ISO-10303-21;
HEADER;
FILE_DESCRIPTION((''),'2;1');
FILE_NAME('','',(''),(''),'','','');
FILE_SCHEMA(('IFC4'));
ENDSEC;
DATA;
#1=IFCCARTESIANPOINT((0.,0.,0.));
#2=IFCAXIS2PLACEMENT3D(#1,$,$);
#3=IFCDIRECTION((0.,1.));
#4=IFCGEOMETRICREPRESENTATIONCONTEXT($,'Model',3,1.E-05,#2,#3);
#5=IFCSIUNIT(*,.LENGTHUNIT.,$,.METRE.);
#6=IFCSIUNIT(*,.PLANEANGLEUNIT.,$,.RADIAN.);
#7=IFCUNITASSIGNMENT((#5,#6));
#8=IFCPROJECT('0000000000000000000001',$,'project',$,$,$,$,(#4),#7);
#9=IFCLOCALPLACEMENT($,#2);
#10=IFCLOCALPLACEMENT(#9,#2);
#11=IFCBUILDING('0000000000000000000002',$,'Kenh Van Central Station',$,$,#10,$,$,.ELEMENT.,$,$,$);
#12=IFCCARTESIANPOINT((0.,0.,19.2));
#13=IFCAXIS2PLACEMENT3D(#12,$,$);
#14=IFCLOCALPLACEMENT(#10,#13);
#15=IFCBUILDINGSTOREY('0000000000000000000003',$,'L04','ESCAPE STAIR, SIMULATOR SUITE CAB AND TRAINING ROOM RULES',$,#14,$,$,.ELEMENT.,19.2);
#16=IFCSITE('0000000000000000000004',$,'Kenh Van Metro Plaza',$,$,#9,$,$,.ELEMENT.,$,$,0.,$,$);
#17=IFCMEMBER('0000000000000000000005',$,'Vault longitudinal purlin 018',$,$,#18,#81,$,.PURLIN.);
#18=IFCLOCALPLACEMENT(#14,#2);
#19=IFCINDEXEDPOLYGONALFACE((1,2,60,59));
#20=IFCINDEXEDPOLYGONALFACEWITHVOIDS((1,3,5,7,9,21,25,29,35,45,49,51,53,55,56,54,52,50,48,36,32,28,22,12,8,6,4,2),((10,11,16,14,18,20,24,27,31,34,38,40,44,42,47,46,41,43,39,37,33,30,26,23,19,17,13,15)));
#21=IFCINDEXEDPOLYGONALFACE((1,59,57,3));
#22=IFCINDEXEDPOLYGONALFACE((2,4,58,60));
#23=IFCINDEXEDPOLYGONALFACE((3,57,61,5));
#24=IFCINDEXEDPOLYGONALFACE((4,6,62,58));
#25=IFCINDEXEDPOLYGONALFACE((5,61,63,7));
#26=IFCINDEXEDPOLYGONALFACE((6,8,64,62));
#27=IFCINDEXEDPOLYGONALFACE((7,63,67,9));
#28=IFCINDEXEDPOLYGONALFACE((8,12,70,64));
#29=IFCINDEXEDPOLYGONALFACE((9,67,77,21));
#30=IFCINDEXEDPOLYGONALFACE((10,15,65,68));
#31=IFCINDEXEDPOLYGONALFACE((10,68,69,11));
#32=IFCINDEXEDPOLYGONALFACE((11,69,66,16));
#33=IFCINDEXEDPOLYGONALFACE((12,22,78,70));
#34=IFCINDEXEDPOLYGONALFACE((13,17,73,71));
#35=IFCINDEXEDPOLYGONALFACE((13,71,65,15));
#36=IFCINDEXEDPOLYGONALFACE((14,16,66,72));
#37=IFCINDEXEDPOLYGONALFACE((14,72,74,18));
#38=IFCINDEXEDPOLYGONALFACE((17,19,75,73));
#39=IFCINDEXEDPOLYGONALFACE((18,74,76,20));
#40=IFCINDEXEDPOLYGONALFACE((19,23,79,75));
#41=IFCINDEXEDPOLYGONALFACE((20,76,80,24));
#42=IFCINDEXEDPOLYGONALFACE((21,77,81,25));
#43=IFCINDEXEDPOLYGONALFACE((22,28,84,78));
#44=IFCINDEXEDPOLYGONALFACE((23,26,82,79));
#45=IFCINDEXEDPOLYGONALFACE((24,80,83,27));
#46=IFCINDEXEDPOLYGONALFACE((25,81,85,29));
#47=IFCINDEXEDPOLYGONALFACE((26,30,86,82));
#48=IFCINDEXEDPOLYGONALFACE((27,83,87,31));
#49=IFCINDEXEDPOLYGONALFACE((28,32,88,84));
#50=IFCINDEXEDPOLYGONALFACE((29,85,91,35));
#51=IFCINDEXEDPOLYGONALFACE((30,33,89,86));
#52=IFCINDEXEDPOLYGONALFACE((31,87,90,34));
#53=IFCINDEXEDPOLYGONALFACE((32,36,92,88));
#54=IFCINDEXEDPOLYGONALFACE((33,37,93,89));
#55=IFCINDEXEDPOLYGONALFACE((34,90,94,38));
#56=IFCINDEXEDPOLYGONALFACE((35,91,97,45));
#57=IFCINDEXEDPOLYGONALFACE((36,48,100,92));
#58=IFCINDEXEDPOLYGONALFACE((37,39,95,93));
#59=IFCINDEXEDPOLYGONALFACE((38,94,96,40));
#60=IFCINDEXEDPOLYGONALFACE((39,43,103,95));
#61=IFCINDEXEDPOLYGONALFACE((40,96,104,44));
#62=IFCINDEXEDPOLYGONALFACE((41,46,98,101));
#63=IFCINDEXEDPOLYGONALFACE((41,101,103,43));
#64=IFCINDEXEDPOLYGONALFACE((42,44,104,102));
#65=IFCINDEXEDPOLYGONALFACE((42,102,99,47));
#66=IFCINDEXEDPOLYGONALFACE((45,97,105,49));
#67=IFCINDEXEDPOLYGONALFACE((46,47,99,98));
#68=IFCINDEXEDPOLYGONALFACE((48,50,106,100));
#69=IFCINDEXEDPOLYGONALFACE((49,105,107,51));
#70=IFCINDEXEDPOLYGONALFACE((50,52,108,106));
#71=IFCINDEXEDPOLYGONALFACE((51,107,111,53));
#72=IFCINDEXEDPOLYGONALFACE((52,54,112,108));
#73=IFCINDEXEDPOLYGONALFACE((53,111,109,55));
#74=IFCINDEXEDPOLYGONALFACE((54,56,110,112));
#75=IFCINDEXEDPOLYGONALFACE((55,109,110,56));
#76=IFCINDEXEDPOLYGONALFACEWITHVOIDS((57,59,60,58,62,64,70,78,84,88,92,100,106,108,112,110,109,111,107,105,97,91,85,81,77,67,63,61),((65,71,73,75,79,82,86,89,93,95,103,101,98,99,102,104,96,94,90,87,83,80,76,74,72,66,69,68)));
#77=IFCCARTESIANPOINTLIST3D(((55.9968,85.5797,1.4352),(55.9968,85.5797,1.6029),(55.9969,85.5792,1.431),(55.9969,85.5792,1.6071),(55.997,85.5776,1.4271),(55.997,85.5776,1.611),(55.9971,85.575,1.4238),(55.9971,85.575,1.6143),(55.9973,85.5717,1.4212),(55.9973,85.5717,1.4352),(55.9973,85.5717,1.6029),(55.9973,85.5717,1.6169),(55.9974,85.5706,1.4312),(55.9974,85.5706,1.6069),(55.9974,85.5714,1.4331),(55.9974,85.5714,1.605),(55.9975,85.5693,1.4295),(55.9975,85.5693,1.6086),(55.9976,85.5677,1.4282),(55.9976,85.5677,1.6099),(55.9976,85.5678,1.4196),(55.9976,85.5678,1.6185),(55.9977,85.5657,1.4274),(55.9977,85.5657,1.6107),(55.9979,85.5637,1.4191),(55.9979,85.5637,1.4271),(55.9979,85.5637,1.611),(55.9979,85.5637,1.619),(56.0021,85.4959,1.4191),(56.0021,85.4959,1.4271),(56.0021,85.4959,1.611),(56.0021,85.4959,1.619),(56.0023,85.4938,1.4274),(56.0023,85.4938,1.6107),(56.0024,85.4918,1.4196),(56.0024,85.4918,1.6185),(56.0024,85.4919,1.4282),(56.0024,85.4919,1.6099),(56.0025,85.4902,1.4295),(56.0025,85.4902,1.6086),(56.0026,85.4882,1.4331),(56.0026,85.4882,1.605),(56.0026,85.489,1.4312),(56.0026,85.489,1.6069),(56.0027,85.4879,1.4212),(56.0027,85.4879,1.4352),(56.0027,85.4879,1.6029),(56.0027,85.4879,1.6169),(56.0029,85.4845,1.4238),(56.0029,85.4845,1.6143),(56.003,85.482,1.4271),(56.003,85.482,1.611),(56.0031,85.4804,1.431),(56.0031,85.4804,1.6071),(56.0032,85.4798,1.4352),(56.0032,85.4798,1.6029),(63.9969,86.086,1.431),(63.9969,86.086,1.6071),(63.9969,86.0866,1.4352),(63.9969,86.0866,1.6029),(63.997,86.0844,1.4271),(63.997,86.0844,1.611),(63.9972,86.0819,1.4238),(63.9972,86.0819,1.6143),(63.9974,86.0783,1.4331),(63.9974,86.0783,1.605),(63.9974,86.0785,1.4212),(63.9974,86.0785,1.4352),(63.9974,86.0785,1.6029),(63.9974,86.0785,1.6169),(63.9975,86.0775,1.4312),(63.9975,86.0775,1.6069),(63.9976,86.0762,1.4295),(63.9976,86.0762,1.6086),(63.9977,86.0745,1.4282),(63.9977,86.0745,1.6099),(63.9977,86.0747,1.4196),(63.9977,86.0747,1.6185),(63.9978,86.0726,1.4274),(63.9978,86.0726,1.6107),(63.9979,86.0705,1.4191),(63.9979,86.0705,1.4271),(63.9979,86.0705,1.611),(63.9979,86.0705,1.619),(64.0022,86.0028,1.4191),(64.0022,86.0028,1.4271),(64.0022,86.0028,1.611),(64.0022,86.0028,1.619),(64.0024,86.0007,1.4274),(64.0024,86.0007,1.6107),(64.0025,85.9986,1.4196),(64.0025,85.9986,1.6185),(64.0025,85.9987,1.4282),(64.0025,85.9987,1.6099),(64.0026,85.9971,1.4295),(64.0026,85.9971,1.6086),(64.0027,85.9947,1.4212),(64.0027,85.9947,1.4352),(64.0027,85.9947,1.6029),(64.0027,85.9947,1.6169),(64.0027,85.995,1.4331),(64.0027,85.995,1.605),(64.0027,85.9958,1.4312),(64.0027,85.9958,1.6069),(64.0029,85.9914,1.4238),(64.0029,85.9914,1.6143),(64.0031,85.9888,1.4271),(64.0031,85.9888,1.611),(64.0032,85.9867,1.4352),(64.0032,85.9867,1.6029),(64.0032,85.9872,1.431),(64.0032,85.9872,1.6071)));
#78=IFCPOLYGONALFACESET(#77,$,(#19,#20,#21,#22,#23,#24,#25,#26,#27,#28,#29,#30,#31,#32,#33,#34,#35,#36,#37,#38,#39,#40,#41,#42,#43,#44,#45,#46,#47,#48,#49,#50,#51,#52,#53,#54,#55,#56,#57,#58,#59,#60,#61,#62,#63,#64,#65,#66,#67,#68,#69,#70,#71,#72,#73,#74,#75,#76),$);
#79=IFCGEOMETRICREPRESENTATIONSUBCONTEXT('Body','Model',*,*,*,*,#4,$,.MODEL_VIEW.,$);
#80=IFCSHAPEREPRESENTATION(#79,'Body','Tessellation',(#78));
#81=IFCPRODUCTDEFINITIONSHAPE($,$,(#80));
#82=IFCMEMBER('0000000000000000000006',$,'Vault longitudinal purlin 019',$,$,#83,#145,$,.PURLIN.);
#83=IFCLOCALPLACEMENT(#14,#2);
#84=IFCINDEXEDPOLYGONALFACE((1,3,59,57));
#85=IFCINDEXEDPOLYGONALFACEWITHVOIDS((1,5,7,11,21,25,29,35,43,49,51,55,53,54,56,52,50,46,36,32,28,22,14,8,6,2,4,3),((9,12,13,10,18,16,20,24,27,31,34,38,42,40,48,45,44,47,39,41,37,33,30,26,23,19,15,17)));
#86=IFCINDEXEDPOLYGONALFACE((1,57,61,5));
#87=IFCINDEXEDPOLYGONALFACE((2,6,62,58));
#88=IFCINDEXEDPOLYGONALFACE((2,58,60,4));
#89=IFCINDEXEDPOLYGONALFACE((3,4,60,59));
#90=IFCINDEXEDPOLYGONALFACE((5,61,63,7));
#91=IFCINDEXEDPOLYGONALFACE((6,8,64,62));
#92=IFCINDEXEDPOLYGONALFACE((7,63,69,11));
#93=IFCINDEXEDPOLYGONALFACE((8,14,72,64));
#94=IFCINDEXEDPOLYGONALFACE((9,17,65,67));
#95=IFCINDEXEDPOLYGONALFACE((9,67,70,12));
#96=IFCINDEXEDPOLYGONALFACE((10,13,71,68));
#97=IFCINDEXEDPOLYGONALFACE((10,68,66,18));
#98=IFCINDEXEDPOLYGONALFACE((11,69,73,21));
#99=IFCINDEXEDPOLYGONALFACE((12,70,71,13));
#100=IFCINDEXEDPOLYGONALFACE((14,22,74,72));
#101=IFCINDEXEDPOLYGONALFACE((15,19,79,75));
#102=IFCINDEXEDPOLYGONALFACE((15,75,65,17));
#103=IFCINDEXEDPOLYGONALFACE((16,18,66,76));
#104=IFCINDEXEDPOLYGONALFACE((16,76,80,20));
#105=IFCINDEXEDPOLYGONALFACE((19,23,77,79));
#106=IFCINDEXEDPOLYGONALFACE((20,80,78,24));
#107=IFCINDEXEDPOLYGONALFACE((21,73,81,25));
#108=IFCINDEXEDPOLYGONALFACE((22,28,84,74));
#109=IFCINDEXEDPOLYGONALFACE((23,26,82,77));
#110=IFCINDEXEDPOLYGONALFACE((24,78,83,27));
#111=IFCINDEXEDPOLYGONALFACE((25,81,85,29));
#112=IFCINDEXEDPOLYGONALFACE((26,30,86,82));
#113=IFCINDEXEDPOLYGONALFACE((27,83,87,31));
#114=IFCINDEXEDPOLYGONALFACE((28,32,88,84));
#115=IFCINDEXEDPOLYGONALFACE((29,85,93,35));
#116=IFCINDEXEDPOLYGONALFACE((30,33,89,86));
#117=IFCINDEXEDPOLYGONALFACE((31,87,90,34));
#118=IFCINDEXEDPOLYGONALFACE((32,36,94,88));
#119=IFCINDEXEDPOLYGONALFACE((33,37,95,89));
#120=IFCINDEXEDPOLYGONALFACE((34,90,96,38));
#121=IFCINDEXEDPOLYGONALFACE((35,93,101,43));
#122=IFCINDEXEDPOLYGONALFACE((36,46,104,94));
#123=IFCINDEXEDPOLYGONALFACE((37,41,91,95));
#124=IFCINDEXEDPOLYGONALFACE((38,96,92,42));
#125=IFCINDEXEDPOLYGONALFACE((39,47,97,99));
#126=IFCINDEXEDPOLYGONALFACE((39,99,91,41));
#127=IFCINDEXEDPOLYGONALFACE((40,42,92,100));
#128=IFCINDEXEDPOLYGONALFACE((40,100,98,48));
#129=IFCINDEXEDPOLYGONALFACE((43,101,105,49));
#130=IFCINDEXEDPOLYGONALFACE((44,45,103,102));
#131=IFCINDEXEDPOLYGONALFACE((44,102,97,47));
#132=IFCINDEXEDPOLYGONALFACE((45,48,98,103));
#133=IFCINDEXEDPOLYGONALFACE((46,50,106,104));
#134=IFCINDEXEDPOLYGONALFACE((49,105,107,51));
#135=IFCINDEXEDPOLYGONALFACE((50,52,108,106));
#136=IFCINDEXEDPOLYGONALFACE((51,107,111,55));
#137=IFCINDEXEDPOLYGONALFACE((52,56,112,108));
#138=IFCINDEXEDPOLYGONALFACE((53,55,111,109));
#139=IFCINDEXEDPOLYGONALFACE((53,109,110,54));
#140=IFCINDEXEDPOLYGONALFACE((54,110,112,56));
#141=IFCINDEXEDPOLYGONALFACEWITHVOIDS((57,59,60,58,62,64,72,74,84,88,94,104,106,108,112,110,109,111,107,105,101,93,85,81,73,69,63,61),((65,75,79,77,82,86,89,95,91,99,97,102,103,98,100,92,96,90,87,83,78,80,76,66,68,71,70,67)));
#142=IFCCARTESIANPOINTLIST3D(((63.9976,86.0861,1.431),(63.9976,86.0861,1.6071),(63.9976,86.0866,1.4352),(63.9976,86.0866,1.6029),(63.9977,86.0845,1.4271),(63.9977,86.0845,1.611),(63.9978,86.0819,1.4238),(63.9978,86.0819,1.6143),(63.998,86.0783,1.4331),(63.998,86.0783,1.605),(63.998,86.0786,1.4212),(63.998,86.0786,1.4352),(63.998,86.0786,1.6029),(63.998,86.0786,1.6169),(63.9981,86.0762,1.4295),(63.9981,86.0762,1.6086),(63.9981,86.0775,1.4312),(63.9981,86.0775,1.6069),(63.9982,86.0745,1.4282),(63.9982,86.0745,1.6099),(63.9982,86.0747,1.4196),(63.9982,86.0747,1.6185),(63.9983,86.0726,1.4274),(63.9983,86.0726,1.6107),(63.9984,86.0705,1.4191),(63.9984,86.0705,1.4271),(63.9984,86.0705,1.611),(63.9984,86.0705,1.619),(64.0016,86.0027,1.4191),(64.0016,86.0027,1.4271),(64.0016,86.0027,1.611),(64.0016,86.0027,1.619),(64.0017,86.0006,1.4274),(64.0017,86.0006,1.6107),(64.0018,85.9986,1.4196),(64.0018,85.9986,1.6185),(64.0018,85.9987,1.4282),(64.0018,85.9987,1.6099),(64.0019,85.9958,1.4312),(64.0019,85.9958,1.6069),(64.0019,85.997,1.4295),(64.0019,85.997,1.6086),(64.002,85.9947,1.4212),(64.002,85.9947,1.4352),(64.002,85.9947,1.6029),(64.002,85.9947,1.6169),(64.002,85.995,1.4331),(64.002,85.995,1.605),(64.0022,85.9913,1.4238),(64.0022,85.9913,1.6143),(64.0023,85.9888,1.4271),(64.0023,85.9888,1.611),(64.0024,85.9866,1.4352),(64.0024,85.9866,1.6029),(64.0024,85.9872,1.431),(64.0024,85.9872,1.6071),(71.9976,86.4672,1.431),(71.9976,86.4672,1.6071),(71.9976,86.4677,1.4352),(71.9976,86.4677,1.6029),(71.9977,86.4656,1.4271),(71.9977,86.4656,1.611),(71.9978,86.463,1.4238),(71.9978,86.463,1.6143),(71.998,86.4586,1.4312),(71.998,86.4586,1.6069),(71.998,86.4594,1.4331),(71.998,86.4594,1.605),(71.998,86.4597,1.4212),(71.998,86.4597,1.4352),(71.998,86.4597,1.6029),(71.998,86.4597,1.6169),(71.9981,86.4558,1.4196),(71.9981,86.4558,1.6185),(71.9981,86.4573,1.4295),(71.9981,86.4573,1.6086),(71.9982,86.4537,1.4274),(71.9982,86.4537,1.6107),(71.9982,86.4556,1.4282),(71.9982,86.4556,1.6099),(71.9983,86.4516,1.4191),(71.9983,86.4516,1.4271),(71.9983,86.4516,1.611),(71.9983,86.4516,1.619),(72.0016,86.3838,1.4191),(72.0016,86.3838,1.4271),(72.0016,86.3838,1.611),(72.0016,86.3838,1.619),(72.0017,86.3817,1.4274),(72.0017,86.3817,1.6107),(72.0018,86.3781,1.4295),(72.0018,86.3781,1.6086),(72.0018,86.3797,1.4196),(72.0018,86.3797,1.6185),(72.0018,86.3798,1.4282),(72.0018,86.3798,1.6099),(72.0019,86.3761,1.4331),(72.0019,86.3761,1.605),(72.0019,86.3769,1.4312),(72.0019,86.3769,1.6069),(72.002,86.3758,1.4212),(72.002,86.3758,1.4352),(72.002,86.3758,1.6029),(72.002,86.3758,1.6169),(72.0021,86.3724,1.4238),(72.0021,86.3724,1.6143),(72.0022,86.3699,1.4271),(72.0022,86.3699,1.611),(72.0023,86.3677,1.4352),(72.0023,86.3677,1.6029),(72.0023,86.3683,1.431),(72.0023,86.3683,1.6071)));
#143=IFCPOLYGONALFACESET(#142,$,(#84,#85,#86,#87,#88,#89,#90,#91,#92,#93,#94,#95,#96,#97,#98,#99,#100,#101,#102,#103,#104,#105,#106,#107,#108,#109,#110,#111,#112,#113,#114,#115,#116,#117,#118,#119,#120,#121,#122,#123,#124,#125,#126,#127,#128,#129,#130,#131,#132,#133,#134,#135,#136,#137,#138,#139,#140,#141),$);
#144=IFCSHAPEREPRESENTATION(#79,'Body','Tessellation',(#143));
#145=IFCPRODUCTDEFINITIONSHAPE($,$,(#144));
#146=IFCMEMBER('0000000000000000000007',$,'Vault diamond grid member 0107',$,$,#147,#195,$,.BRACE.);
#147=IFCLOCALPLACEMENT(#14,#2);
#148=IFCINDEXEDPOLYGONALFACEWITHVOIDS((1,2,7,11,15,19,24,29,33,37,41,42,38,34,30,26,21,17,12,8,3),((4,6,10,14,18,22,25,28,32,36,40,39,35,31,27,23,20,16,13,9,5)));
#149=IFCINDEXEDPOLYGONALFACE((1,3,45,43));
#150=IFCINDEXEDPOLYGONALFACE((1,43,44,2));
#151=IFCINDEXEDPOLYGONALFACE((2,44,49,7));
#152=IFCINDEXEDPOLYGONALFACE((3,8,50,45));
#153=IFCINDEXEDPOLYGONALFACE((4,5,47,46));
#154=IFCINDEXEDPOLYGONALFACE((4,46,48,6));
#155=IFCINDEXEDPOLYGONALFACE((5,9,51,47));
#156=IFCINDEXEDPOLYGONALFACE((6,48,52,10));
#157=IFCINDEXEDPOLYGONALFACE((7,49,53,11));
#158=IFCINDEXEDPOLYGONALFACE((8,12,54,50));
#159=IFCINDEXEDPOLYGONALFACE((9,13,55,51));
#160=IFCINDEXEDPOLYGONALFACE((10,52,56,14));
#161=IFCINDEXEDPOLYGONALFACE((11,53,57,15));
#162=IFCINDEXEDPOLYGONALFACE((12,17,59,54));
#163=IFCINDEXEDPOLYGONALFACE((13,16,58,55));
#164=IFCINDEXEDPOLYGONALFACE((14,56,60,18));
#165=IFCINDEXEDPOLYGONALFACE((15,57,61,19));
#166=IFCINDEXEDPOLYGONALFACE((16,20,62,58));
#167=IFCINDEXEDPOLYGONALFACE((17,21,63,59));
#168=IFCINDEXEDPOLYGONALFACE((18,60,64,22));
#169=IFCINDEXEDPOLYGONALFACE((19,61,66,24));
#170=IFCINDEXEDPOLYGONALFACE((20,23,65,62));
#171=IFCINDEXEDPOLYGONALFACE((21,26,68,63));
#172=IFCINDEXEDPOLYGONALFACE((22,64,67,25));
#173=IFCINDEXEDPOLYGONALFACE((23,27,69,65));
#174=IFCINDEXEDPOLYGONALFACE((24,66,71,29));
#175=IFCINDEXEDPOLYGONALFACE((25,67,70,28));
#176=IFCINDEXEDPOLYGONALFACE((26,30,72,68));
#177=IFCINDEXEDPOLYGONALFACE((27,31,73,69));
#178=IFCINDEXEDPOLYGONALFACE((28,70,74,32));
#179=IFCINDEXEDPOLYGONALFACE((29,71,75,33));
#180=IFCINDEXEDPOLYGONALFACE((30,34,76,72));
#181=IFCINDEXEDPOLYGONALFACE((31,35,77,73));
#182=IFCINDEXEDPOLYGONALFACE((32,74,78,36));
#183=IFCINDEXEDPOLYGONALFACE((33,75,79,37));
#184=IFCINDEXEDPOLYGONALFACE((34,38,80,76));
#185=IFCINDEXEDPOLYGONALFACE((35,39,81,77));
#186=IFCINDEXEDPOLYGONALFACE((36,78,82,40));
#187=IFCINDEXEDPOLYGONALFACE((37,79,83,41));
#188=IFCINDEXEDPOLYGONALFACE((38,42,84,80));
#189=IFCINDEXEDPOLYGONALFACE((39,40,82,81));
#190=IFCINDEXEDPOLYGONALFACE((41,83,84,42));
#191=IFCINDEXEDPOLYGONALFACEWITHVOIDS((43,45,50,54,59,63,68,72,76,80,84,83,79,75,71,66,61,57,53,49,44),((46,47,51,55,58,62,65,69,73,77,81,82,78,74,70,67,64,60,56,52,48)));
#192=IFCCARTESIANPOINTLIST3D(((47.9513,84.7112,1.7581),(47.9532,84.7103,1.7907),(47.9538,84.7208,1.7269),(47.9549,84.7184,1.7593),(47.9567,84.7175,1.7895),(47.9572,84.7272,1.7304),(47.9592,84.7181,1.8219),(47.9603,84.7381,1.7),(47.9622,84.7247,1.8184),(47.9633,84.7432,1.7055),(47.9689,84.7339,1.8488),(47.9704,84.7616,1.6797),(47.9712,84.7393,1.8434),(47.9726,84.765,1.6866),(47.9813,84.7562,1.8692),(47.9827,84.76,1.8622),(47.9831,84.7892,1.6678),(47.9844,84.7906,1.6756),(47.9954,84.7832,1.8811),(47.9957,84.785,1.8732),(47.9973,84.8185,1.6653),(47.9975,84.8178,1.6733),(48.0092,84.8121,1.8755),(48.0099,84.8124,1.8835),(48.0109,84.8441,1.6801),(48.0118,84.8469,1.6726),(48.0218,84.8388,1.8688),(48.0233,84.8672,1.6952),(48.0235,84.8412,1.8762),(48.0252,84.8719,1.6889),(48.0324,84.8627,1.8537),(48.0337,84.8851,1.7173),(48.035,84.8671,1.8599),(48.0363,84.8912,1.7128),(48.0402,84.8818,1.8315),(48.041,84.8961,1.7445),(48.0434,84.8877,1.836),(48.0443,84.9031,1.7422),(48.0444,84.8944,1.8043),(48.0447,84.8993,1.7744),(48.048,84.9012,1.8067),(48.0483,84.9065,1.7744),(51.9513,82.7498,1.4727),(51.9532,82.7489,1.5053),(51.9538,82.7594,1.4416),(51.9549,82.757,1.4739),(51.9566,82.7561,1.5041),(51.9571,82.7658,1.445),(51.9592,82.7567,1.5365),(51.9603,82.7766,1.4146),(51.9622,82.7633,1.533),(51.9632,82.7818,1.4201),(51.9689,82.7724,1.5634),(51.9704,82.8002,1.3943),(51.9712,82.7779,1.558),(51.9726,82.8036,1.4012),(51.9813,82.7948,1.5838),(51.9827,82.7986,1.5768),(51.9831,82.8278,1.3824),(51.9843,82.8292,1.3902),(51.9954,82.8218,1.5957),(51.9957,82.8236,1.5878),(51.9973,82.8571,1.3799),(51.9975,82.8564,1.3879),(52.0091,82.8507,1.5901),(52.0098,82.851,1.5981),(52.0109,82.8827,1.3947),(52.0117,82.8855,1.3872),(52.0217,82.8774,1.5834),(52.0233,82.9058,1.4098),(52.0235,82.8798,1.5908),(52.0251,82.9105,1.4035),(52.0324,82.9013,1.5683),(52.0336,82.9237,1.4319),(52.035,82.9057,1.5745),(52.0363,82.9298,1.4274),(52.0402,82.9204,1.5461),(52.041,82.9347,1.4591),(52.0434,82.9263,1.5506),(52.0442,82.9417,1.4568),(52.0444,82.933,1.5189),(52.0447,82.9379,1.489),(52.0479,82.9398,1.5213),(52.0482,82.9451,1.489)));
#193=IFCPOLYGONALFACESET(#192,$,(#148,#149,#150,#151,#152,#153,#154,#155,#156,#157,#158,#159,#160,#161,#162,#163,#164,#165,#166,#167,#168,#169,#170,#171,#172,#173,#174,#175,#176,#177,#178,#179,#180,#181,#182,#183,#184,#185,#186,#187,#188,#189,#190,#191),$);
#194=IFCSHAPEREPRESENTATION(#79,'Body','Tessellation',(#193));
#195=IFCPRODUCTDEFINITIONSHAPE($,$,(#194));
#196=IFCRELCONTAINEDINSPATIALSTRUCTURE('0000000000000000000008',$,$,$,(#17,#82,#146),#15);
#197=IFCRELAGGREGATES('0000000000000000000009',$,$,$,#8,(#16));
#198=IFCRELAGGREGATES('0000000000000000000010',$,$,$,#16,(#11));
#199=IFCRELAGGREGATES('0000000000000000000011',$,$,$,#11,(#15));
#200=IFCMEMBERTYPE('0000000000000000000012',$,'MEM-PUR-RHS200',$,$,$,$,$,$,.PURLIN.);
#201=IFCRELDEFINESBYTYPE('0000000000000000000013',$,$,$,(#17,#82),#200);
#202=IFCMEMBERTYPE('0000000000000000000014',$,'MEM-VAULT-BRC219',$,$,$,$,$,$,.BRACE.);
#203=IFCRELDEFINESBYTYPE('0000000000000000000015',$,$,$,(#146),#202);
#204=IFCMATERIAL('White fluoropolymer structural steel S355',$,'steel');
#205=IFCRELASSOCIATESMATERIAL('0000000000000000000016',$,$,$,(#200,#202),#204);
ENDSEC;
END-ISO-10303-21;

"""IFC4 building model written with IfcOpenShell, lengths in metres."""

from ifc_helpers import new_model, si_unit, direction, frame, origin, origin_2d, place, context, subcontext, project, spatial, hollow_rectangle, hollow_circle, extrude, material, material_profile, profile_set, type_object, element, save


model = new_model("IFC4")

# Units and contexts
model_context = context("Model", 3, precision=1e-05, world=origin(), true_north=direction((0.0, 1.0)))
body_context = subcontext(model_context, "Body", "Model", "MODEL_VIEW")
ifc_project = project(units=[si_unit("LENGTHUNIT", "METRE"), si_unit("PLANEANGLEUNIT", "RADIAN")], contexts=[model_context])

# Site, building, storey
site_placement = place(None, origin())
site = spatial("IfcSite", under=ifc_project, at=site_placement, Name="Kenh Van Metro Plaza", CompositionType="ELEMENT", RefElevation=0.0)
building_placement = place(site_placement, origin())
building = spatial("IfcBuilding", under=site, at=building_placement, Name="Kenh Van Central Station", CompositionType="ELEMENT")
storey_placement = place(building_placement, frame((0.0, 0.0, 19.2)))
storey = spatial("IfcBuildingStorey", under=building, at=storey_placement, Name="L04", Description="ESCAPE STAIR, SIMULATOR SUITE CAB AND TRAINING ROOM RULES", CompositionType="ELEMENT", Elevation=19.2)

# Shared definitions
ifc_material_1 = material(Name="White fluoropolymer structural steel S355", Category="steel")

# Members
ifc_material_profile_1 = material_profile(ifc_material_1, hollow_rectangle(XDim=0.1001, YDim=0.2, WallThickness=0.0081, InnerFilletRadius=0.0081, OuterFilletRadius=0.0161, at=origin_2d()), Name="RHS 200x100x8")
ifc_profile_set_1 = profile_set([ifc_material_profile_1], Name="White fluoropolymer structural steel S355")
member_type_1 = type_object("IfcMemberType", Name="MEM-PUR-RHS200", PredefinedType="PURLIN", material=ifc_profile_set_1)
member_1_placement = place(storey_placement, frame((56.0, 85.5298, 1.519), z_axis=(0.997999, 0.063228, 0.0), x_axis=(-0.063228, 0.997999, 0.0)))
element("IfcMember", 1, at=member_1_placement, inside=storey, type_object=member_type_1, Name="Vault longitudinal purlin 018", PredefinedType="PURLIN", context=body_context, shape_type="SweptSolid", body=[
    extrude(hollow_rectangle(XDim=0.1001, YDim=0.2, WallThickness=0.0081, InnerFilletRadius=0.0081, OuterFilletRadius=0.0161, at=origin_2d()), origin(), (0.0, 0.0, 1.0), 8.0161),
])
member_2_placement = place(storey_placement, frame((64.0, 86.0366, 1.519), z_axis=(0.998867, 0.047584, 0.0), x_axis=(-0.047584, 0.998867, 0.0)))
element("IfcMember", 2, at=member_2_placement, inside=storey, type_object=member_type_1, Name="Vault longitudinal purlin 019", PredefinedType="PURLIN", context=body_context, shape_type="SweptSolid", body=[
    extrude(hollow_rectangle(XDim=0.1001, YDim=0.2, WallThickness=0.0081, InnerFilletRadius=0.0081, OuterFilletRadius=0.0161, at=origin_2d()), origin(), (0.0, 0.0, 1.0), 8.009),
])
ifc_material_profile_2 = material_profile(ifc_material_1, hollow_circle(Radius=0.1096, WallThickness=0.0081, at=origin_2d()), Name="CHS 219.1x8")
ifc_profile_set_2 = profile_set([ifc_material_profile_2], Name="White fluoropolymer structural steel S355")
member_type_2 = type_object("IfcMemberType", Name="MEM-VAULT-BRC219", PredefinedType="BRACE", material=ifc_profile_set_2)
member_3_placement = place(storey_placement, frame((48.0, 84.8081, 1.7744), z_axis=(0.896027, -0.439373, -0.063932), x_axis=(0.440273, 0.897864, 0.0)))
element("IfcMember", 3, at=member_3_placement, inside=storey, type_object=member_type_2, Name="Vault diamond grid member 0107", PredefinedType="BRACE", context=body_context, shape_type="SweptSolid", body=[
    extrude(hollow_circle(Radius=0.1096, WallThickness=0.0081, at=origin_2d()), origin(), (0.0, 0.0, 1.0), 4.4641),
])

save(model, "model.ifc")
